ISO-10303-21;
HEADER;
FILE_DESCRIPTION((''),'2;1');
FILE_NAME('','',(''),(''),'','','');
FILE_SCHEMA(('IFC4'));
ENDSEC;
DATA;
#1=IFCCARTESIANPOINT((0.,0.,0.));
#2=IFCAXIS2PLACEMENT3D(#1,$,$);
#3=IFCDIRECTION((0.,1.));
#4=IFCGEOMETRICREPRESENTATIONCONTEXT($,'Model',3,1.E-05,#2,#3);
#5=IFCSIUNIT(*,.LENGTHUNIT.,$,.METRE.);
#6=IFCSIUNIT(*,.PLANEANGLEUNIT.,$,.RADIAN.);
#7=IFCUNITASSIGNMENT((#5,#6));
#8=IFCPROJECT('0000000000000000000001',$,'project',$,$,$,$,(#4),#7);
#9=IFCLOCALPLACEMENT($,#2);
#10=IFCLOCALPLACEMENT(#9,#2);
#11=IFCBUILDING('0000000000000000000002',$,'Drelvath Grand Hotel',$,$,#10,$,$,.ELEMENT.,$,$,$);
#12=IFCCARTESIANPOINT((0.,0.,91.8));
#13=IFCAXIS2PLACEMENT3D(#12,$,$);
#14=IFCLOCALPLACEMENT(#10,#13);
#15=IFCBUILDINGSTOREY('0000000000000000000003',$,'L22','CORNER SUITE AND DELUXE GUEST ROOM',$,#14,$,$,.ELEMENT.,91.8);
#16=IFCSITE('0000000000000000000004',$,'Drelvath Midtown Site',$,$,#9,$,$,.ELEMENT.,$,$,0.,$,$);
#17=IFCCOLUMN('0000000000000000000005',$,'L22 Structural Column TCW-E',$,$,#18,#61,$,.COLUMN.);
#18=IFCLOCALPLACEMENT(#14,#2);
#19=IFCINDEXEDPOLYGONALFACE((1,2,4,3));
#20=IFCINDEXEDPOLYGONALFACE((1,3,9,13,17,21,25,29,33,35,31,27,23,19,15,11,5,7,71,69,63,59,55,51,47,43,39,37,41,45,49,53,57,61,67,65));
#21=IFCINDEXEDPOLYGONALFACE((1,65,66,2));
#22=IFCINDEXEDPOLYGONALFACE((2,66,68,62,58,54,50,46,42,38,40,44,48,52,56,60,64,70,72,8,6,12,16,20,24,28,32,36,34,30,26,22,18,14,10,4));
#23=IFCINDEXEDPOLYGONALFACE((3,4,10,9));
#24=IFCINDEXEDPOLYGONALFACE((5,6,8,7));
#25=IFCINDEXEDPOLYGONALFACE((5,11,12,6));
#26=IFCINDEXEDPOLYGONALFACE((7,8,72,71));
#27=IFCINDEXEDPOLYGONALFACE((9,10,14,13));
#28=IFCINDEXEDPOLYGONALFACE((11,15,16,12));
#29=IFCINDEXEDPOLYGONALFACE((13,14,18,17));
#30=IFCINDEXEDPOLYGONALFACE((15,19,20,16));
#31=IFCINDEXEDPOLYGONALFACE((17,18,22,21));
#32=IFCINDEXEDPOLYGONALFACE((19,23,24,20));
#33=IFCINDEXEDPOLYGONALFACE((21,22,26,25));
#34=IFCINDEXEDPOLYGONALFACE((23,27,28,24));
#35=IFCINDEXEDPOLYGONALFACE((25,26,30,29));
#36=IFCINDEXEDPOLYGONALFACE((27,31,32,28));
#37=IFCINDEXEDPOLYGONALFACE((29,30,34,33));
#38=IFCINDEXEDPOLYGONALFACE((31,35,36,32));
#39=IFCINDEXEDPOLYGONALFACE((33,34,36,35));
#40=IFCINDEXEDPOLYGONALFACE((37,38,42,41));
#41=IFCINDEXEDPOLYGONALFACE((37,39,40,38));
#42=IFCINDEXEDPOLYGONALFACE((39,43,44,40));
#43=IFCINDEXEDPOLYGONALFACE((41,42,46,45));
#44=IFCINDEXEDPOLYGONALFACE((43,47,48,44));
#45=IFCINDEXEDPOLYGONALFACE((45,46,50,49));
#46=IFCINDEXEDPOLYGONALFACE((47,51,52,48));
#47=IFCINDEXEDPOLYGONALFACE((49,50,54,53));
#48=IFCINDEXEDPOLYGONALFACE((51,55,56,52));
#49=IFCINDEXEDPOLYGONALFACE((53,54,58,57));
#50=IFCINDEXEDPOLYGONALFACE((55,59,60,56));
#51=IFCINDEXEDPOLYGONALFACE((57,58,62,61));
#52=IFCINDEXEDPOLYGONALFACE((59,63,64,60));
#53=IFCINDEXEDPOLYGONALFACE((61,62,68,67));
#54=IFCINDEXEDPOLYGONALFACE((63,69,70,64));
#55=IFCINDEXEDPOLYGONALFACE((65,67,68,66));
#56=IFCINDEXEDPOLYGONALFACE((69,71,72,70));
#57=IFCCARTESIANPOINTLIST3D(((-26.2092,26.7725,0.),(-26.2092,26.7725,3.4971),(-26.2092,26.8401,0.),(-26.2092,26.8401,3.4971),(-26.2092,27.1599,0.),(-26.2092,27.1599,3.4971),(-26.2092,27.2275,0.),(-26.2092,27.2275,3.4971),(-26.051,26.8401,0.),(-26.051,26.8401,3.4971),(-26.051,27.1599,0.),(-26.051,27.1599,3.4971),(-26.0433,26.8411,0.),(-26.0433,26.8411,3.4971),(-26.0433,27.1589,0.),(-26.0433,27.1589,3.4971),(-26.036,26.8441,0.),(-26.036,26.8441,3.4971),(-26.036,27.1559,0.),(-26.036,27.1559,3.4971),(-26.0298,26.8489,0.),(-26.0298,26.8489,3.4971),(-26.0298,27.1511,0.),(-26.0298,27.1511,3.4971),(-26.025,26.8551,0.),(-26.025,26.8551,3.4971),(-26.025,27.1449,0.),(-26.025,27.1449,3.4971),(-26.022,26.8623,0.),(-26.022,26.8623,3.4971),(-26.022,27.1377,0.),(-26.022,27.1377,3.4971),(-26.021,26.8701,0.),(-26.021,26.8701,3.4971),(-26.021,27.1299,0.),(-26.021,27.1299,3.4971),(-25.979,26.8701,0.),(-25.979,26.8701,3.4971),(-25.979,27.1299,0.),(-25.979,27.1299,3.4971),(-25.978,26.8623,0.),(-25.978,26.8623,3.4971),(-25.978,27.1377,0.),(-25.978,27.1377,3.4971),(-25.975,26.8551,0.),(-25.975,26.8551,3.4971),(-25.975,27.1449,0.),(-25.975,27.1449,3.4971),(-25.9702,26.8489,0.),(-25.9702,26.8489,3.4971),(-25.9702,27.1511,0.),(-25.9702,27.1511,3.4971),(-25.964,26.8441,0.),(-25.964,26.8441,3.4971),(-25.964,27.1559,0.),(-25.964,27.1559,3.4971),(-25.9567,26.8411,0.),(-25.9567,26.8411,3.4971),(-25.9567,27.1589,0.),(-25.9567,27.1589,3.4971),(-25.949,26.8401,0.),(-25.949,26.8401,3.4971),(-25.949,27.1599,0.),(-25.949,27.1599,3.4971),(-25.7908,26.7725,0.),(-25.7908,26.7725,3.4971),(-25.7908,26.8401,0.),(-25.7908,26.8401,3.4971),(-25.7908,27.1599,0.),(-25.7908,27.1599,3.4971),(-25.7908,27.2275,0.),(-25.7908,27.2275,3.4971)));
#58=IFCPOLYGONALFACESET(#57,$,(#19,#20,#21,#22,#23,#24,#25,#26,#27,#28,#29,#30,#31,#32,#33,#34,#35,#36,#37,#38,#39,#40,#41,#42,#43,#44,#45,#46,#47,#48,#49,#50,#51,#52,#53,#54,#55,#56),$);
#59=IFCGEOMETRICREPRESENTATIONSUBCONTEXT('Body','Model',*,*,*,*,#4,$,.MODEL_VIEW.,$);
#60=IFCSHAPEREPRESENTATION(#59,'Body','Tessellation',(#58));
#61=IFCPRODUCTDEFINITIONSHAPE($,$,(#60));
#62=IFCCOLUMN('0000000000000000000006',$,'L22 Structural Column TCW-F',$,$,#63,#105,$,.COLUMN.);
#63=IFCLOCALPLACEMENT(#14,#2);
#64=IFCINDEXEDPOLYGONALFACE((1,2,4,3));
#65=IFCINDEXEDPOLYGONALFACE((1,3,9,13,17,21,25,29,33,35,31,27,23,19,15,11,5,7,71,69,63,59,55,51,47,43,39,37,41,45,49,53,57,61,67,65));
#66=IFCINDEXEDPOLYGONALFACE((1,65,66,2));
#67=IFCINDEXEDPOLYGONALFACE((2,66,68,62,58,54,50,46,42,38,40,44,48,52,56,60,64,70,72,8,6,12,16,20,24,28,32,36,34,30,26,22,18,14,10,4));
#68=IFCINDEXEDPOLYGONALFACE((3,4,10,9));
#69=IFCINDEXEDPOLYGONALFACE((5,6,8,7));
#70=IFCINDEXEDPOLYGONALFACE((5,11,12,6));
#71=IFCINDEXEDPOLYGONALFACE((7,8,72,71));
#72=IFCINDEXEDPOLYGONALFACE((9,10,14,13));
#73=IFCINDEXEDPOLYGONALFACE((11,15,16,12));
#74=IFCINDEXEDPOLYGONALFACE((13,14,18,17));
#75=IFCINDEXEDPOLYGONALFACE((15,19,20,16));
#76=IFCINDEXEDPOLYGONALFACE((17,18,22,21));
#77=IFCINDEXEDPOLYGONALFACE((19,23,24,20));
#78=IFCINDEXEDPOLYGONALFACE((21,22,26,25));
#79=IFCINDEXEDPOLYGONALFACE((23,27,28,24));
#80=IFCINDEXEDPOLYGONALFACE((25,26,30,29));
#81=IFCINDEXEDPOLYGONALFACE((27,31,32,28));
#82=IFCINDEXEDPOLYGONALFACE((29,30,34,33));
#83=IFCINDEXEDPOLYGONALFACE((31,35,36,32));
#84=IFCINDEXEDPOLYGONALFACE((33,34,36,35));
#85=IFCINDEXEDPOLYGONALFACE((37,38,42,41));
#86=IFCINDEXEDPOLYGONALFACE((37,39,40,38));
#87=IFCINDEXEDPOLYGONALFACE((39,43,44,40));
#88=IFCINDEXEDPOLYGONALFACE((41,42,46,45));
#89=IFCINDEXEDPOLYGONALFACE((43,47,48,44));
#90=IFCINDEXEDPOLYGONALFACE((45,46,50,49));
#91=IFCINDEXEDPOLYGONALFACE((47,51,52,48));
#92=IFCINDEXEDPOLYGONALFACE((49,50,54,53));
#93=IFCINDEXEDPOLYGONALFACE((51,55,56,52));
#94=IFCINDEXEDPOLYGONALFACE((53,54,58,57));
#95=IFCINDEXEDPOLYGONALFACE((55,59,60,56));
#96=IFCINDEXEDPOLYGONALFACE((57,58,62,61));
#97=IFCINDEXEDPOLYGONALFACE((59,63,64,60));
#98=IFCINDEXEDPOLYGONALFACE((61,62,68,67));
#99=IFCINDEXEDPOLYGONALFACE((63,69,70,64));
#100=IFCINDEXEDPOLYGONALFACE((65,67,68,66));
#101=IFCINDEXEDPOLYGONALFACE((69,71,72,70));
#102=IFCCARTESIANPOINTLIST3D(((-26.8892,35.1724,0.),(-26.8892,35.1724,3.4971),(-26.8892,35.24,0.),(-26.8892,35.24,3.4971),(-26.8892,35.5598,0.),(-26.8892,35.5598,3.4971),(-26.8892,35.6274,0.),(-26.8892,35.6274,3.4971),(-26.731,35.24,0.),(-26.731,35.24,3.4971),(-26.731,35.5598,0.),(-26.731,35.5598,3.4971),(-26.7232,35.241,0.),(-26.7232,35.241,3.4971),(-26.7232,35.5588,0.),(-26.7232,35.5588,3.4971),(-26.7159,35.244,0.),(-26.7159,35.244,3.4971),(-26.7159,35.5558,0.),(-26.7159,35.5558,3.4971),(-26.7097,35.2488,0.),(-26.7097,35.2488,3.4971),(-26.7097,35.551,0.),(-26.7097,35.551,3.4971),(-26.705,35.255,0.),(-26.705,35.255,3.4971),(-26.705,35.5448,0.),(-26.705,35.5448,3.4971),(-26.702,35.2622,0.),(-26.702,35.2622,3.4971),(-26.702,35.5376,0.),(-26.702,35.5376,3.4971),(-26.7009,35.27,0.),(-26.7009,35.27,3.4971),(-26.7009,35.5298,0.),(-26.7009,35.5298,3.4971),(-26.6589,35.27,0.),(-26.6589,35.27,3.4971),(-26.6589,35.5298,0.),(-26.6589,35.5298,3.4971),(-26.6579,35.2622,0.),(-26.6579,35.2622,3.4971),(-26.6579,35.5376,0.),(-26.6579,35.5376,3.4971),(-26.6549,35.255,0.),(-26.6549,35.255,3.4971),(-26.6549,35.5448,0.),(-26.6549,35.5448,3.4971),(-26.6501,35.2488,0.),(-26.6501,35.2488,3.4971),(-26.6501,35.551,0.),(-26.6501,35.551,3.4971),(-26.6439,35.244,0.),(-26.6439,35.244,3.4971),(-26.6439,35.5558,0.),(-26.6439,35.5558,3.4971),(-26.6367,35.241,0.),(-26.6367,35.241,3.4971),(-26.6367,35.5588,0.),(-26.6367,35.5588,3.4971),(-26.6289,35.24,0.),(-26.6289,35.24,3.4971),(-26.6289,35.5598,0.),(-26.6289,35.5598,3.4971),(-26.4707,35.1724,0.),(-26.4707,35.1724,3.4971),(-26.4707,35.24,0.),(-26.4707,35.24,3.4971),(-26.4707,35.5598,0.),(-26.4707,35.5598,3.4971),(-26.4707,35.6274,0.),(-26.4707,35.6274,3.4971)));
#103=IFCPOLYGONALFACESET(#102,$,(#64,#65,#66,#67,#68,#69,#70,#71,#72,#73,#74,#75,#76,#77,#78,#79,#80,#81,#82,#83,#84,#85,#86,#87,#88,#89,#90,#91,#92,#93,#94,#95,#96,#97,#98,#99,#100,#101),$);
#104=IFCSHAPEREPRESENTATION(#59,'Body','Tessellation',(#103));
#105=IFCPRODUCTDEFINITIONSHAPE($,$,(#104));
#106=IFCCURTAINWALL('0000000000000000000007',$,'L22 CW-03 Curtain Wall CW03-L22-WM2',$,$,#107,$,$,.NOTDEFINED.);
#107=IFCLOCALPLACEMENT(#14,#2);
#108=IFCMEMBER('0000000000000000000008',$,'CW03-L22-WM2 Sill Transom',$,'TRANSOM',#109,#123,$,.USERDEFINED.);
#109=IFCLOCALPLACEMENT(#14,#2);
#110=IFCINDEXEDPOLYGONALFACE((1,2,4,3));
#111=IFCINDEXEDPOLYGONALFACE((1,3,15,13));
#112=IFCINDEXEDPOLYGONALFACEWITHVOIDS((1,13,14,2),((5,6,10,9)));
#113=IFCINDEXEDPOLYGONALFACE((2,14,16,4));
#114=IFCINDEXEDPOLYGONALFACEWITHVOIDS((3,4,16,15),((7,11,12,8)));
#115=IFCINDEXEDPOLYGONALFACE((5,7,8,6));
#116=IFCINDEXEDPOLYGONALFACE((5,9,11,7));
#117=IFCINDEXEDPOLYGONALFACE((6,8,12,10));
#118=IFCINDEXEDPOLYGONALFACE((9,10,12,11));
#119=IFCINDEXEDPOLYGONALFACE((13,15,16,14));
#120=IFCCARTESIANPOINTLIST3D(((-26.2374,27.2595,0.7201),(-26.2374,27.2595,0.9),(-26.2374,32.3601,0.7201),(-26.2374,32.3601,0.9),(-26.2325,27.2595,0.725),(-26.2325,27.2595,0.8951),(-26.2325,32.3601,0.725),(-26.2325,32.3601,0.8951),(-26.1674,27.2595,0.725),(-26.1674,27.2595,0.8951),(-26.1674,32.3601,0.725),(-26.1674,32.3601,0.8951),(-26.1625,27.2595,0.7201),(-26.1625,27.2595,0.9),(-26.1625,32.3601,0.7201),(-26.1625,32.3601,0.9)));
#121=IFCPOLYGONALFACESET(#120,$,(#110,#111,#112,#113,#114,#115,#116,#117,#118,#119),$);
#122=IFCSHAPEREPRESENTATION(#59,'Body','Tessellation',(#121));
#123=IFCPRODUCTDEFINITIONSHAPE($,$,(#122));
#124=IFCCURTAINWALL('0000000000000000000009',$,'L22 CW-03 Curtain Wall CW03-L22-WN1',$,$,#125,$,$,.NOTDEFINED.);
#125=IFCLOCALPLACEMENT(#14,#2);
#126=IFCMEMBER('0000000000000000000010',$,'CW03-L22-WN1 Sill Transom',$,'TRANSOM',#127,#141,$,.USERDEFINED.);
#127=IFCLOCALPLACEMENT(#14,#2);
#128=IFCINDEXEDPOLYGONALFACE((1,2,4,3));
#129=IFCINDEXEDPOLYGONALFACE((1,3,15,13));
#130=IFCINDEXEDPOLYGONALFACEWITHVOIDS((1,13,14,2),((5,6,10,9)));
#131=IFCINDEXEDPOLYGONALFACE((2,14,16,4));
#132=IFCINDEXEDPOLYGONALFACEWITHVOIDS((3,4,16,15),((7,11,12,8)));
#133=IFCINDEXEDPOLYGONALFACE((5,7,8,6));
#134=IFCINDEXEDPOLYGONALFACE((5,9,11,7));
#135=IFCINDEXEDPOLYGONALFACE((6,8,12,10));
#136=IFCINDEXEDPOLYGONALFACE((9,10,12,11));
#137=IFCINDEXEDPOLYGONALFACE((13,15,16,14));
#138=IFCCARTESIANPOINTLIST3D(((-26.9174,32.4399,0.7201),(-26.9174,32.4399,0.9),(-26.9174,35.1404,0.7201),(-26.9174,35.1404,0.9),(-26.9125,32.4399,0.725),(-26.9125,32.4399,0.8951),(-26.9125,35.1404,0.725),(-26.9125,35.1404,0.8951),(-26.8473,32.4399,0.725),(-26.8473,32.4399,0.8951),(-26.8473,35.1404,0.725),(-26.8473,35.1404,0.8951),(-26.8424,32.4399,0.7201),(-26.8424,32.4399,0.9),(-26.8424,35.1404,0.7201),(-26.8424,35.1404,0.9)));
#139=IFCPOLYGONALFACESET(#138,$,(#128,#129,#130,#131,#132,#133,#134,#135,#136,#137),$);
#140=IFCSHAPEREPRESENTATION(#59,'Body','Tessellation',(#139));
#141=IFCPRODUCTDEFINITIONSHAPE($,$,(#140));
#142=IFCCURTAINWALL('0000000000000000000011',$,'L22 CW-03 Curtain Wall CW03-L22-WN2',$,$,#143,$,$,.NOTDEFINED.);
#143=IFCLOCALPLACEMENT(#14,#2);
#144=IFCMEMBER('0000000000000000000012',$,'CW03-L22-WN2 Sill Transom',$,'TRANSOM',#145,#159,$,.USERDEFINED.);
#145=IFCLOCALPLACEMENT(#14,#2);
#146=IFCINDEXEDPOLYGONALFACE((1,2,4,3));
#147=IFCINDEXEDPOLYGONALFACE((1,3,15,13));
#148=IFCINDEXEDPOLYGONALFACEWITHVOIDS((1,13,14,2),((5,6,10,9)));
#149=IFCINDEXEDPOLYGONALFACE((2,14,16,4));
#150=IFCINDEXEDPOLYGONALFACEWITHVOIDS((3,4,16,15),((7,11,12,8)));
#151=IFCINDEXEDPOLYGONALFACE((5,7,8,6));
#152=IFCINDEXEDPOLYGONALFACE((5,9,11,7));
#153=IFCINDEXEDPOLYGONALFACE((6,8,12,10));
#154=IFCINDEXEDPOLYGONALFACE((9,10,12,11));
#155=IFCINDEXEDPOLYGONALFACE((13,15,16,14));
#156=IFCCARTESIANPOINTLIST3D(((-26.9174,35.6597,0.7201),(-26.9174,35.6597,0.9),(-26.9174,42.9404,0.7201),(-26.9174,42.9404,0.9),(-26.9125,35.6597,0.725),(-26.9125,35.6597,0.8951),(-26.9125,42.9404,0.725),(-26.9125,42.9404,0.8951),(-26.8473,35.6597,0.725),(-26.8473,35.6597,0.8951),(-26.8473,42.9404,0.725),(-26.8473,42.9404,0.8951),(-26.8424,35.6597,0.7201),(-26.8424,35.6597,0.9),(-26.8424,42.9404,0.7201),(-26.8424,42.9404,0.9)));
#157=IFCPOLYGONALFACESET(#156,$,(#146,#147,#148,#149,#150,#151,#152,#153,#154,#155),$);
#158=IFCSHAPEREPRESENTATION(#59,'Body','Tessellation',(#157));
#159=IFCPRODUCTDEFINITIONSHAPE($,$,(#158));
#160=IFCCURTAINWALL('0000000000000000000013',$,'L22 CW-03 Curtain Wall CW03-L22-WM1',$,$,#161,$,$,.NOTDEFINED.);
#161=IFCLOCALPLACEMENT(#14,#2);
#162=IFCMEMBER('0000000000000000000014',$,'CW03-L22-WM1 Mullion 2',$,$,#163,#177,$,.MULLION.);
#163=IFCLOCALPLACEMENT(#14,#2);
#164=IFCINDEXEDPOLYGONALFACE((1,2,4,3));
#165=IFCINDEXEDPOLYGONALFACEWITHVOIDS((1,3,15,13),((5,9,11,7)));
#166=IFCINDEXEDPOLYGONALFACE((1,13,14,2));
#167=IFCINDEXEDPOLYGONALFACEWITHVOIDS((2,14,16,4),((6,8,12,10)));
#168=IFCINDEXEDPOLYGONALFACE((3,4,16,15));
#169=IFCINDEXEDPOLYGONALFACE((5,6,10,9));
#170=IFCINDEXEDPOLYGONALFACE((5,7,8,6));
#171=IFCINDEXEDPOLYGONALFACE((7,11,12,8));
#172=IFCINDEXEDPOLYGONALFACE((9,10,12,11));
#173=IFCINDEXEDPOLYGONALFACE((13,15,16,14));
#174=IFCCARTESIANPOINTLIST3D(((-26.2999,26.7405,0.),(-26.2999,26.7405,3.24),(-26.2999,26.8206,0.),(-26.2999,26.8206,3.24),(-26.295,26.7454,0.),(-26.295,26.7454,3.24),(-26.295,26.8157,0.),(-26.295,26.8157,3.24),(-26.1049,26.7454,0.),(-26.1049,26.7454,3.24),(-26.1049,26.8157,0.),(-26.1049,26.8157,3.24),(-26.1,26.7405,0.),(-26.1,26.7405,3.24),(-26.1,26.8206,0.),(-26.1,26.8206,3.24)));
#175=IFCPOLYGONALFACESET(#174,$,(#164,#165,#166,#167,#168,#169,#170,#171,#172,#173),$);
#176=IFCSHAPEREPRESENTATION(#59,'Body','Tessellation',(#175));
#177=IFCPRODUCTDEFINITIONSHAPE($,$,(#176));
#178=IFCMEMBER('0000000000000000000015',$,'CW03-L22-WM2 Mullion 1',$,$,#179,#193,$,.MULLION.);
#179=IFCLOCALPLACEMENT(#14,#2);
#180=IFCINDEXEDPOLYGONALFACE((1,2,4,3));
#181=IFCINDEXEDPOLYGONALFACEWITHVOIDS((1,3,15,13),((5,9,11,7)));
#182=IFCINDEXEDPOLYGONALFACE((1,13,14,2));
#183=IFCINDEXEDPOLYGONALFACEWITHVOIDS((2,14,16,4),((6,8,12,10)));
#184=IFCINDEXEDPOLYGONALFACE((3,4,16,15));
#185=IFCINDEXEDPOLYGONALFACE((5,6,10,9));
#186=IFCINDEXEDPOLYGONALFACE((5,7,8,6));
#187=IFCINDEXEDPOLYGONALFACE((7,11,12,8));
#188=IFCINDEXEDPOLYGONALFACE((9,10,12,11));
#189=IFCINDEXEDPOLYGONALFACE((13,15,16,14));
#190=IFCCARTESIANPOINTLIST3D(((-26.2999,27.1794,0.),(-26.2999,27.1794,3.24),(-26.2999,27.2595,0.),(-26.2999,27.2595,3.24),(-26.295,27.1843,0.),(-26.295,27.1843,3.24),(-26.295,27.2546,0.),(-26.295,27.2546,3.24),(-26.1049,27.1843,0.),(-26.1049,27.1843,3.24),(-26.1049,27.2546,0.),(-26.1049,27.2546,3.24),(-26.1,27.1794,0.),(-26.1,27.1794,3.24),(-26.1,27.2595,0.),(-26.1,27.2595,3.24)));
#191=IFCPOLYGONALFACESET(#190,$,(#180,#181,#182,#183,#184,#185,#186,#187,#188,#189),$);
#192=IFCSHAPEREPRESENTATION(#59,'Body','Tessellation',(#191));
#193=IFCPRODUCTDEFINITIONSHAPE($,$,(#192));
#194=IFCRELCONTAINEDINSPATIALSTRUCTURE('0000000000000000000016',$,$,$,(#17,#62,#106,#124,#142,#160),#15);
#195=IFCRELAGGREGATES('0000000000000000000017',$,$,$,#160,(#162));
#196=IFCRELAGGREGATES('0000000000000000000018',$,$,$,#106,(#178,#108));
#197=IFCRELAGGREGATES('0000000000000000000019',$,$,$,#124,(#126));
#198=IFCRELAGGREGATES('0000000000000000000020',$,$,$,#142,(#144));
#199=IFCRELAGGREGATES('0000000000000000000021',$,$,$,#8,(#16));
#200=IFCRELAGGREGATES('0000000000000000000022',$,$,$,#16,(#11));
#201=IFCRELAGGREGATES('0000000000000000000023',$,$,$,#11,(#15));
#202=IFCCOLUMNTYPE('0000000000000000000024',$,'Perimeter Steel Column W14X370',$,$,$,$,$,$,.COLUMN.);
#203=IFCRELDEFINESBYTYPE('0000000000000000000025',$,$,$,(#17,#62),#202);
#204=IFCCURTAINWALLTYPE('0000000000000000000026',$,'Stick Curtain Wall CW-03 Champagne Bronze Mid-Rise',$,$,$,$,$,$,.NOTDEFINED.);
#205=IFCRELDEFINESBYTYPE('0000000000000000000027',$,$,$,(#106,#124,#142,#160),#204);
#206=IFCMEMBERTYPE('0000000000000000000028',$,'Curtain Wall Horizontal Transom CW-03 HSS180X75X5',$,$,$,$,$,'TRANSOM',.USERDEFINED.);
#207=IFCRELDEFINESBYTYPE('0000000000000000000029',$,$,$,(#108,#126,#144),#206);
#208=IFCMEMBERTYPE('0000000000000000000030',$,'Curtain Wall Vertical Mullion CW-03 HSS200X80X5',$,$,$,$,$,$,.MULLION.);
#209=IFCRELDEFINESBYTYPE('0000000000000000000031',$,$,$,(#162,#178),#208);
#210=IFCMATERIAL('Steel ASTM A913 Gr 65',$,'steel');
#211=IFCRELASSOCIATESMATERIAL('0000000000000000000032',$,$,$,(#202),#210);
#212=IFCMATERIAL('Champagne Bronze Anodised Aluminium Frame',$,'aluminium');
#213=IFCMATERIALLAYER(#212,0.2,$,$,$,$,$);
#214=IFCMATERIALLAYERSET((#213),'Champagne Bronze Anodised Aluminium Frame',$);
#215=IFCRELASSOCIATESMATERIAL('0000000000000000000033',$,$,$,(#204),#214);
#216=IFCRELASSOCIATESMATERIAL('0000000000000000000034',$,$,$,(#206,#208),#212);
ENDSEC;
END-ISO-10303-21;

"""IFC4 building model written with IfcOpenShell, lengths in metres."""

from ifc_helpers import new_model, si_unit, direction, frame, origin, origin_2d, place, context, subcontext, project, spatial, hollow_rectangle, i_section, extrude, material, layer, layer_set, material_profile, profile_set, type_object, element, aggregate, save


model = new_model("IFC4")

# Units and contexts
model_context = context("Model", 3, precision=1e-05, world=origin(), true_north=direction((0.0, 1.0)))
body_context = subcontext(model_context, "Body", "Model", "MODEL_VIEW")
ifc_project = project(units=[si_unit("LENGTHUNIT", "METRE"), si_unit("PLANEANGLEUNIT", "RADIAN")], contexts=[model_context])

# Site, building, storey
site_placement = place(None, origin())
site = spatial("IfcSite", under=ifc_project, at=site_placement, Name="Drelvath Midtown Site", CompositionType="ELEMENT", RefElevation=0.0)
building_placement = place(site_placement, origin())
building = spatial("IfcBuilding", under=site, at=building_placement, Name="Drelvath Grand Hotel", CompositionType="ELEMENT")
storey_placement = place(building_placement, frame((0.0, 0.0, 91.8)))
storey = spatial("IfcBuildingStorey", under=building, at=storey_placement, Name="L22", Description="CORNER SUITE AND DELUXE GUEST ROOM", CompositionType="ELEMENT", Elevation=91.8)

# Columns
ifc_material_1 = material(Name="Steel ASTM A913 Gr 65", Category="steel")
ifc_material_profile_1 = material_profile(ifc_material_1, i_section(OverallWidth=0.4185, OverallDepth=0.4551, WebThickness=0.042, FlangeThickness=0.0676, FilletRadius=0.03, at=origin_2d()), Name="W14X370")
ifc_profile_set_1 = profile_set([ifc_material_profile_1], Name="Steel ASTM A913 Gr 65")
column_type = type_object("IfcColumnType", Name="Perimeter Steel Column W14X370", PredefinedType="COLUMN", material=ifc_profile_set_1)
for number, where, z_axis, x_axis, name in (
    (1, (-26.0, 27.0, 0.0), (0.0, 0.0, 1.0), (1.0, 0.0, 0.0), "L22 Structural Column TCW-E"),
    (2, (-26.6799, 35.3999, 0.0), (0.0, 0.0, 1.0), (1.0, 0.0, 0.0), "L22 Structural Column TCW-F"),
):
    element("IfcColumn", number, at=place(storey_placement, frame(where, z_axis=z_axis, x_axis=x_axis)), inside=storey, type_object=column_type, Name=name, PredefinedType="COLUMN", context=body_context, shape_type="SweptSolid", body=[
        extrude(i_section(OverallWidth=0.4185, OverallDepth=0.4551, WebThickness=0.042, FlangeThickness=0.0676, FilletRadius=0.03, at=origin_2d()), origin(), (0.0, 0.0, 1.0), 3.4971),
    ])

# Curtain walls, members
ifc_material_2 = material(Name="Champagne Bronze Anodised Aluminium Frame", Category="aluminium")
ifc_layer_1 = layer(ifc_material_2, 0.2)
ifc_layer_set_1 = layer_set([ifc_layer_1], Name="Champagne Bronze Anodised Aluminium Frame")
curtain_wall_type = type_object("IfcCurtainWallType", Name="Stick Curtain Wall CW-03 Champagne Bronze Mid-Rise", PredefinedType="NOTDEFINED", material=ifc_layer_set_1)
curtain_wall_1_placement = place(storey_placement, origin())
curtain_wall_1 = element("IfcCurtainWall", 3, at=curtain_wall_1_placement, inside=storey, type_object=curtain_wall_type, Name="L22 CW-03 Curtain Wall CW03-L22-WM2", PredefinedType="NOTDEFINED")
ifc_material_profile_2 = material_profile(ifc_material_2, hollow_rectangle(XDim=0.075, YDim=0.1799, WallThickness=0.0049, at=origin_2d()), Name="HSS180X75X5")
ifc_profile_set_2 = profile_set([ifc_material_profile_2], Name="Champagne Bronze Anodised Aluminium Frame")
member_type_1 = type_object("IfcMemberType", Name="Curtain Wall Horizontal Transom CW-03 HSS180X75X5", ElementType="TRANSOM", PredefinedType="USERDEFINED", material=ifc_profile_set_2)
member_1_placement = place(storey_placement, frame((-26.2, 27.2595, 0.8101), z_axis=(0.0, 1.0, 0.0), x_axis=(-1.0, 0.0, 0.0)))
member_1 = element("IfcMember", 4, at=member_1_placement, type_object=member_type_1, Name="CW03-L22-WM2 Sill Transom", ObjectType="TRANSOM", PredefinedType="USERDEFINED", context=body_context, shape_type="SweptSolid", body=[
    extrude(hollow_rectangle(XDim=0.075, YDim=0.1799, WallThickness=0.0049, at=origin_2d()), origin(), (0.0, 0.0, 1.0), 5.1006),
])
curtain_wall_2_placement = place(storey_placement, origin())
curtain_wall_2 = element("IfcCurtainWall", 5, at=curtain_wall_2_placement, inside=storey, type_object=curtain_wall_type, Name="L22 CW-03 Curtain Wall CW03-L22-WN1", PredefinedType="NOTDEFINED")
member_2_placement = place(storey_placement, frame((-26.8799, 32.4399, 0.8101), z_axis=(0.0, 1.0, 0.0), x_axis=(-1.0, 0.0, 0.0)))
member_2 = element("IfcMember", 6, at=member_2_placement, type_object=member_type_1, Name="CW03-L22-WN1 Sill Transom", ObjectType="TRANSOM", PredefinedType="USERDEFINED", context=body_context, shape_type="SweptSolid", body=[
    extrude(hollow_rectangle(XDim=0.075, YDim=0.1799, WallThickness=0.0049, at=origin_2d()), origin(), (0.0, 0.0, 1.0), 2.7004),
])
curtain_wall_3_placement = place(storey_placement, origin())
curtain_wall_3 = element("IfcCurtainWall", 7, at=curtain_wall_3_placement, inside=storey, type_object=curtain_wall_type, Name="L22 CW-03 Curtain Wall CW03-L22-WN2", PredefinedType="NOTDEFINED")
member_3_placement = place(storey_placement, frame((-26.8799, 35.6597, 0.8101), z_axis=(0.0, 1.0, 0.0), x_axis=(-1.0, 0.0, 0.0)))
member_3 = element("IfcMember", 8, at=member_3_placement, type_object=member_type_1, Name="CW03-L22-WN2 Sill Transom", ObjectType="TRANSOM", PredefinedType="USERDEFINED", context=body_context, shape_type="SweptSolid", body=[
    extrude(hollow_rectangle(XDim=0.075, YDim=0.1799, WallThickness=0.0049, at=origin_2d()), origin(), (0.0, 0.0, 1.0), 7.2808),
])
curtain_wall_4_placement = place(storey_placement, origin())
curtain_wall_4 = element("IfcCurtainWall", 9, at=curtain_wall_4_placement, inside=storey, type_object=curtain_wall_type, Name="L22 CW-03 Curtain Wall CW03-L22-WM1", PredefinedType="NOTDEFINED")
ifc_material_profile_3 = material_profile(ifc_material_2, hollow_rectangle(XDim=0.0801, YDim=0.2, WallThickness=0.0049, at=origin_2d()), Name="HSS200X80X5")
ifc_profile_set_3 = profile_set([ifc_material_profile_3], Name="Champagne Bronze Anodised Aluminium Frame")
member_type_2 = type_object("IfcMemberType", Name="Curtain Wall Vertical Mullion CW-03 HSS200X80X5", PredefinedType="MULLION", material=ifc_profile_set_3)
member_4_placement = place(storey_placement, frame((-26.2, 26.7805, 0.0), z_axis=(0.0, 0.0, 1.0), x_axis=(0.0, 1.0, 0.0)))
member_4 = element("IfcMember", 10, at=member_4_placement, type_object=member_type_2, Name="CW03-L22-WM1 Mullion 2", PredefinedType="MULLION", context=body_context, shape_type="SweptSolid", body=[
    extrude(hollow_rectangle(XDim=0.0801, YDim=0.2, WallThickness=0.0049, at=origin_2d()), origin(), (0.0, 0.0, 1.0), 3.24),
])
aggregate(curtain_wall_4, [member_4])

# Member
member_5_placement = place(storey_placement, frame((-26.2, 27.2195, 0.0), z_axis=(0.0, 0.0, 1.0), x_axis=(0.0, 1.0, 0.0)))
member_5 = element("IfcMember", 11, at=member_5_placement, type_object=member_type_2, Name="CW03-L22-WM2 Mullion 1", PredefinedType="MULLION", context=body_context, shape_type="SweptSolid", body=[
    extrude(hollow_rectangle(XDim=0.0801, YDim=0.2, WallThickness=0.0049, at=origin_2d()), origin(), (0.0, 0.0, 1.0), 3.24),
])

aggregate(curtain_wall_1, [member_5, member_1])
aggregate(curtain_wall_2, [member_2])
aggregate(curtain_wall_3, [member_3])

save(model, "model.ifc")
